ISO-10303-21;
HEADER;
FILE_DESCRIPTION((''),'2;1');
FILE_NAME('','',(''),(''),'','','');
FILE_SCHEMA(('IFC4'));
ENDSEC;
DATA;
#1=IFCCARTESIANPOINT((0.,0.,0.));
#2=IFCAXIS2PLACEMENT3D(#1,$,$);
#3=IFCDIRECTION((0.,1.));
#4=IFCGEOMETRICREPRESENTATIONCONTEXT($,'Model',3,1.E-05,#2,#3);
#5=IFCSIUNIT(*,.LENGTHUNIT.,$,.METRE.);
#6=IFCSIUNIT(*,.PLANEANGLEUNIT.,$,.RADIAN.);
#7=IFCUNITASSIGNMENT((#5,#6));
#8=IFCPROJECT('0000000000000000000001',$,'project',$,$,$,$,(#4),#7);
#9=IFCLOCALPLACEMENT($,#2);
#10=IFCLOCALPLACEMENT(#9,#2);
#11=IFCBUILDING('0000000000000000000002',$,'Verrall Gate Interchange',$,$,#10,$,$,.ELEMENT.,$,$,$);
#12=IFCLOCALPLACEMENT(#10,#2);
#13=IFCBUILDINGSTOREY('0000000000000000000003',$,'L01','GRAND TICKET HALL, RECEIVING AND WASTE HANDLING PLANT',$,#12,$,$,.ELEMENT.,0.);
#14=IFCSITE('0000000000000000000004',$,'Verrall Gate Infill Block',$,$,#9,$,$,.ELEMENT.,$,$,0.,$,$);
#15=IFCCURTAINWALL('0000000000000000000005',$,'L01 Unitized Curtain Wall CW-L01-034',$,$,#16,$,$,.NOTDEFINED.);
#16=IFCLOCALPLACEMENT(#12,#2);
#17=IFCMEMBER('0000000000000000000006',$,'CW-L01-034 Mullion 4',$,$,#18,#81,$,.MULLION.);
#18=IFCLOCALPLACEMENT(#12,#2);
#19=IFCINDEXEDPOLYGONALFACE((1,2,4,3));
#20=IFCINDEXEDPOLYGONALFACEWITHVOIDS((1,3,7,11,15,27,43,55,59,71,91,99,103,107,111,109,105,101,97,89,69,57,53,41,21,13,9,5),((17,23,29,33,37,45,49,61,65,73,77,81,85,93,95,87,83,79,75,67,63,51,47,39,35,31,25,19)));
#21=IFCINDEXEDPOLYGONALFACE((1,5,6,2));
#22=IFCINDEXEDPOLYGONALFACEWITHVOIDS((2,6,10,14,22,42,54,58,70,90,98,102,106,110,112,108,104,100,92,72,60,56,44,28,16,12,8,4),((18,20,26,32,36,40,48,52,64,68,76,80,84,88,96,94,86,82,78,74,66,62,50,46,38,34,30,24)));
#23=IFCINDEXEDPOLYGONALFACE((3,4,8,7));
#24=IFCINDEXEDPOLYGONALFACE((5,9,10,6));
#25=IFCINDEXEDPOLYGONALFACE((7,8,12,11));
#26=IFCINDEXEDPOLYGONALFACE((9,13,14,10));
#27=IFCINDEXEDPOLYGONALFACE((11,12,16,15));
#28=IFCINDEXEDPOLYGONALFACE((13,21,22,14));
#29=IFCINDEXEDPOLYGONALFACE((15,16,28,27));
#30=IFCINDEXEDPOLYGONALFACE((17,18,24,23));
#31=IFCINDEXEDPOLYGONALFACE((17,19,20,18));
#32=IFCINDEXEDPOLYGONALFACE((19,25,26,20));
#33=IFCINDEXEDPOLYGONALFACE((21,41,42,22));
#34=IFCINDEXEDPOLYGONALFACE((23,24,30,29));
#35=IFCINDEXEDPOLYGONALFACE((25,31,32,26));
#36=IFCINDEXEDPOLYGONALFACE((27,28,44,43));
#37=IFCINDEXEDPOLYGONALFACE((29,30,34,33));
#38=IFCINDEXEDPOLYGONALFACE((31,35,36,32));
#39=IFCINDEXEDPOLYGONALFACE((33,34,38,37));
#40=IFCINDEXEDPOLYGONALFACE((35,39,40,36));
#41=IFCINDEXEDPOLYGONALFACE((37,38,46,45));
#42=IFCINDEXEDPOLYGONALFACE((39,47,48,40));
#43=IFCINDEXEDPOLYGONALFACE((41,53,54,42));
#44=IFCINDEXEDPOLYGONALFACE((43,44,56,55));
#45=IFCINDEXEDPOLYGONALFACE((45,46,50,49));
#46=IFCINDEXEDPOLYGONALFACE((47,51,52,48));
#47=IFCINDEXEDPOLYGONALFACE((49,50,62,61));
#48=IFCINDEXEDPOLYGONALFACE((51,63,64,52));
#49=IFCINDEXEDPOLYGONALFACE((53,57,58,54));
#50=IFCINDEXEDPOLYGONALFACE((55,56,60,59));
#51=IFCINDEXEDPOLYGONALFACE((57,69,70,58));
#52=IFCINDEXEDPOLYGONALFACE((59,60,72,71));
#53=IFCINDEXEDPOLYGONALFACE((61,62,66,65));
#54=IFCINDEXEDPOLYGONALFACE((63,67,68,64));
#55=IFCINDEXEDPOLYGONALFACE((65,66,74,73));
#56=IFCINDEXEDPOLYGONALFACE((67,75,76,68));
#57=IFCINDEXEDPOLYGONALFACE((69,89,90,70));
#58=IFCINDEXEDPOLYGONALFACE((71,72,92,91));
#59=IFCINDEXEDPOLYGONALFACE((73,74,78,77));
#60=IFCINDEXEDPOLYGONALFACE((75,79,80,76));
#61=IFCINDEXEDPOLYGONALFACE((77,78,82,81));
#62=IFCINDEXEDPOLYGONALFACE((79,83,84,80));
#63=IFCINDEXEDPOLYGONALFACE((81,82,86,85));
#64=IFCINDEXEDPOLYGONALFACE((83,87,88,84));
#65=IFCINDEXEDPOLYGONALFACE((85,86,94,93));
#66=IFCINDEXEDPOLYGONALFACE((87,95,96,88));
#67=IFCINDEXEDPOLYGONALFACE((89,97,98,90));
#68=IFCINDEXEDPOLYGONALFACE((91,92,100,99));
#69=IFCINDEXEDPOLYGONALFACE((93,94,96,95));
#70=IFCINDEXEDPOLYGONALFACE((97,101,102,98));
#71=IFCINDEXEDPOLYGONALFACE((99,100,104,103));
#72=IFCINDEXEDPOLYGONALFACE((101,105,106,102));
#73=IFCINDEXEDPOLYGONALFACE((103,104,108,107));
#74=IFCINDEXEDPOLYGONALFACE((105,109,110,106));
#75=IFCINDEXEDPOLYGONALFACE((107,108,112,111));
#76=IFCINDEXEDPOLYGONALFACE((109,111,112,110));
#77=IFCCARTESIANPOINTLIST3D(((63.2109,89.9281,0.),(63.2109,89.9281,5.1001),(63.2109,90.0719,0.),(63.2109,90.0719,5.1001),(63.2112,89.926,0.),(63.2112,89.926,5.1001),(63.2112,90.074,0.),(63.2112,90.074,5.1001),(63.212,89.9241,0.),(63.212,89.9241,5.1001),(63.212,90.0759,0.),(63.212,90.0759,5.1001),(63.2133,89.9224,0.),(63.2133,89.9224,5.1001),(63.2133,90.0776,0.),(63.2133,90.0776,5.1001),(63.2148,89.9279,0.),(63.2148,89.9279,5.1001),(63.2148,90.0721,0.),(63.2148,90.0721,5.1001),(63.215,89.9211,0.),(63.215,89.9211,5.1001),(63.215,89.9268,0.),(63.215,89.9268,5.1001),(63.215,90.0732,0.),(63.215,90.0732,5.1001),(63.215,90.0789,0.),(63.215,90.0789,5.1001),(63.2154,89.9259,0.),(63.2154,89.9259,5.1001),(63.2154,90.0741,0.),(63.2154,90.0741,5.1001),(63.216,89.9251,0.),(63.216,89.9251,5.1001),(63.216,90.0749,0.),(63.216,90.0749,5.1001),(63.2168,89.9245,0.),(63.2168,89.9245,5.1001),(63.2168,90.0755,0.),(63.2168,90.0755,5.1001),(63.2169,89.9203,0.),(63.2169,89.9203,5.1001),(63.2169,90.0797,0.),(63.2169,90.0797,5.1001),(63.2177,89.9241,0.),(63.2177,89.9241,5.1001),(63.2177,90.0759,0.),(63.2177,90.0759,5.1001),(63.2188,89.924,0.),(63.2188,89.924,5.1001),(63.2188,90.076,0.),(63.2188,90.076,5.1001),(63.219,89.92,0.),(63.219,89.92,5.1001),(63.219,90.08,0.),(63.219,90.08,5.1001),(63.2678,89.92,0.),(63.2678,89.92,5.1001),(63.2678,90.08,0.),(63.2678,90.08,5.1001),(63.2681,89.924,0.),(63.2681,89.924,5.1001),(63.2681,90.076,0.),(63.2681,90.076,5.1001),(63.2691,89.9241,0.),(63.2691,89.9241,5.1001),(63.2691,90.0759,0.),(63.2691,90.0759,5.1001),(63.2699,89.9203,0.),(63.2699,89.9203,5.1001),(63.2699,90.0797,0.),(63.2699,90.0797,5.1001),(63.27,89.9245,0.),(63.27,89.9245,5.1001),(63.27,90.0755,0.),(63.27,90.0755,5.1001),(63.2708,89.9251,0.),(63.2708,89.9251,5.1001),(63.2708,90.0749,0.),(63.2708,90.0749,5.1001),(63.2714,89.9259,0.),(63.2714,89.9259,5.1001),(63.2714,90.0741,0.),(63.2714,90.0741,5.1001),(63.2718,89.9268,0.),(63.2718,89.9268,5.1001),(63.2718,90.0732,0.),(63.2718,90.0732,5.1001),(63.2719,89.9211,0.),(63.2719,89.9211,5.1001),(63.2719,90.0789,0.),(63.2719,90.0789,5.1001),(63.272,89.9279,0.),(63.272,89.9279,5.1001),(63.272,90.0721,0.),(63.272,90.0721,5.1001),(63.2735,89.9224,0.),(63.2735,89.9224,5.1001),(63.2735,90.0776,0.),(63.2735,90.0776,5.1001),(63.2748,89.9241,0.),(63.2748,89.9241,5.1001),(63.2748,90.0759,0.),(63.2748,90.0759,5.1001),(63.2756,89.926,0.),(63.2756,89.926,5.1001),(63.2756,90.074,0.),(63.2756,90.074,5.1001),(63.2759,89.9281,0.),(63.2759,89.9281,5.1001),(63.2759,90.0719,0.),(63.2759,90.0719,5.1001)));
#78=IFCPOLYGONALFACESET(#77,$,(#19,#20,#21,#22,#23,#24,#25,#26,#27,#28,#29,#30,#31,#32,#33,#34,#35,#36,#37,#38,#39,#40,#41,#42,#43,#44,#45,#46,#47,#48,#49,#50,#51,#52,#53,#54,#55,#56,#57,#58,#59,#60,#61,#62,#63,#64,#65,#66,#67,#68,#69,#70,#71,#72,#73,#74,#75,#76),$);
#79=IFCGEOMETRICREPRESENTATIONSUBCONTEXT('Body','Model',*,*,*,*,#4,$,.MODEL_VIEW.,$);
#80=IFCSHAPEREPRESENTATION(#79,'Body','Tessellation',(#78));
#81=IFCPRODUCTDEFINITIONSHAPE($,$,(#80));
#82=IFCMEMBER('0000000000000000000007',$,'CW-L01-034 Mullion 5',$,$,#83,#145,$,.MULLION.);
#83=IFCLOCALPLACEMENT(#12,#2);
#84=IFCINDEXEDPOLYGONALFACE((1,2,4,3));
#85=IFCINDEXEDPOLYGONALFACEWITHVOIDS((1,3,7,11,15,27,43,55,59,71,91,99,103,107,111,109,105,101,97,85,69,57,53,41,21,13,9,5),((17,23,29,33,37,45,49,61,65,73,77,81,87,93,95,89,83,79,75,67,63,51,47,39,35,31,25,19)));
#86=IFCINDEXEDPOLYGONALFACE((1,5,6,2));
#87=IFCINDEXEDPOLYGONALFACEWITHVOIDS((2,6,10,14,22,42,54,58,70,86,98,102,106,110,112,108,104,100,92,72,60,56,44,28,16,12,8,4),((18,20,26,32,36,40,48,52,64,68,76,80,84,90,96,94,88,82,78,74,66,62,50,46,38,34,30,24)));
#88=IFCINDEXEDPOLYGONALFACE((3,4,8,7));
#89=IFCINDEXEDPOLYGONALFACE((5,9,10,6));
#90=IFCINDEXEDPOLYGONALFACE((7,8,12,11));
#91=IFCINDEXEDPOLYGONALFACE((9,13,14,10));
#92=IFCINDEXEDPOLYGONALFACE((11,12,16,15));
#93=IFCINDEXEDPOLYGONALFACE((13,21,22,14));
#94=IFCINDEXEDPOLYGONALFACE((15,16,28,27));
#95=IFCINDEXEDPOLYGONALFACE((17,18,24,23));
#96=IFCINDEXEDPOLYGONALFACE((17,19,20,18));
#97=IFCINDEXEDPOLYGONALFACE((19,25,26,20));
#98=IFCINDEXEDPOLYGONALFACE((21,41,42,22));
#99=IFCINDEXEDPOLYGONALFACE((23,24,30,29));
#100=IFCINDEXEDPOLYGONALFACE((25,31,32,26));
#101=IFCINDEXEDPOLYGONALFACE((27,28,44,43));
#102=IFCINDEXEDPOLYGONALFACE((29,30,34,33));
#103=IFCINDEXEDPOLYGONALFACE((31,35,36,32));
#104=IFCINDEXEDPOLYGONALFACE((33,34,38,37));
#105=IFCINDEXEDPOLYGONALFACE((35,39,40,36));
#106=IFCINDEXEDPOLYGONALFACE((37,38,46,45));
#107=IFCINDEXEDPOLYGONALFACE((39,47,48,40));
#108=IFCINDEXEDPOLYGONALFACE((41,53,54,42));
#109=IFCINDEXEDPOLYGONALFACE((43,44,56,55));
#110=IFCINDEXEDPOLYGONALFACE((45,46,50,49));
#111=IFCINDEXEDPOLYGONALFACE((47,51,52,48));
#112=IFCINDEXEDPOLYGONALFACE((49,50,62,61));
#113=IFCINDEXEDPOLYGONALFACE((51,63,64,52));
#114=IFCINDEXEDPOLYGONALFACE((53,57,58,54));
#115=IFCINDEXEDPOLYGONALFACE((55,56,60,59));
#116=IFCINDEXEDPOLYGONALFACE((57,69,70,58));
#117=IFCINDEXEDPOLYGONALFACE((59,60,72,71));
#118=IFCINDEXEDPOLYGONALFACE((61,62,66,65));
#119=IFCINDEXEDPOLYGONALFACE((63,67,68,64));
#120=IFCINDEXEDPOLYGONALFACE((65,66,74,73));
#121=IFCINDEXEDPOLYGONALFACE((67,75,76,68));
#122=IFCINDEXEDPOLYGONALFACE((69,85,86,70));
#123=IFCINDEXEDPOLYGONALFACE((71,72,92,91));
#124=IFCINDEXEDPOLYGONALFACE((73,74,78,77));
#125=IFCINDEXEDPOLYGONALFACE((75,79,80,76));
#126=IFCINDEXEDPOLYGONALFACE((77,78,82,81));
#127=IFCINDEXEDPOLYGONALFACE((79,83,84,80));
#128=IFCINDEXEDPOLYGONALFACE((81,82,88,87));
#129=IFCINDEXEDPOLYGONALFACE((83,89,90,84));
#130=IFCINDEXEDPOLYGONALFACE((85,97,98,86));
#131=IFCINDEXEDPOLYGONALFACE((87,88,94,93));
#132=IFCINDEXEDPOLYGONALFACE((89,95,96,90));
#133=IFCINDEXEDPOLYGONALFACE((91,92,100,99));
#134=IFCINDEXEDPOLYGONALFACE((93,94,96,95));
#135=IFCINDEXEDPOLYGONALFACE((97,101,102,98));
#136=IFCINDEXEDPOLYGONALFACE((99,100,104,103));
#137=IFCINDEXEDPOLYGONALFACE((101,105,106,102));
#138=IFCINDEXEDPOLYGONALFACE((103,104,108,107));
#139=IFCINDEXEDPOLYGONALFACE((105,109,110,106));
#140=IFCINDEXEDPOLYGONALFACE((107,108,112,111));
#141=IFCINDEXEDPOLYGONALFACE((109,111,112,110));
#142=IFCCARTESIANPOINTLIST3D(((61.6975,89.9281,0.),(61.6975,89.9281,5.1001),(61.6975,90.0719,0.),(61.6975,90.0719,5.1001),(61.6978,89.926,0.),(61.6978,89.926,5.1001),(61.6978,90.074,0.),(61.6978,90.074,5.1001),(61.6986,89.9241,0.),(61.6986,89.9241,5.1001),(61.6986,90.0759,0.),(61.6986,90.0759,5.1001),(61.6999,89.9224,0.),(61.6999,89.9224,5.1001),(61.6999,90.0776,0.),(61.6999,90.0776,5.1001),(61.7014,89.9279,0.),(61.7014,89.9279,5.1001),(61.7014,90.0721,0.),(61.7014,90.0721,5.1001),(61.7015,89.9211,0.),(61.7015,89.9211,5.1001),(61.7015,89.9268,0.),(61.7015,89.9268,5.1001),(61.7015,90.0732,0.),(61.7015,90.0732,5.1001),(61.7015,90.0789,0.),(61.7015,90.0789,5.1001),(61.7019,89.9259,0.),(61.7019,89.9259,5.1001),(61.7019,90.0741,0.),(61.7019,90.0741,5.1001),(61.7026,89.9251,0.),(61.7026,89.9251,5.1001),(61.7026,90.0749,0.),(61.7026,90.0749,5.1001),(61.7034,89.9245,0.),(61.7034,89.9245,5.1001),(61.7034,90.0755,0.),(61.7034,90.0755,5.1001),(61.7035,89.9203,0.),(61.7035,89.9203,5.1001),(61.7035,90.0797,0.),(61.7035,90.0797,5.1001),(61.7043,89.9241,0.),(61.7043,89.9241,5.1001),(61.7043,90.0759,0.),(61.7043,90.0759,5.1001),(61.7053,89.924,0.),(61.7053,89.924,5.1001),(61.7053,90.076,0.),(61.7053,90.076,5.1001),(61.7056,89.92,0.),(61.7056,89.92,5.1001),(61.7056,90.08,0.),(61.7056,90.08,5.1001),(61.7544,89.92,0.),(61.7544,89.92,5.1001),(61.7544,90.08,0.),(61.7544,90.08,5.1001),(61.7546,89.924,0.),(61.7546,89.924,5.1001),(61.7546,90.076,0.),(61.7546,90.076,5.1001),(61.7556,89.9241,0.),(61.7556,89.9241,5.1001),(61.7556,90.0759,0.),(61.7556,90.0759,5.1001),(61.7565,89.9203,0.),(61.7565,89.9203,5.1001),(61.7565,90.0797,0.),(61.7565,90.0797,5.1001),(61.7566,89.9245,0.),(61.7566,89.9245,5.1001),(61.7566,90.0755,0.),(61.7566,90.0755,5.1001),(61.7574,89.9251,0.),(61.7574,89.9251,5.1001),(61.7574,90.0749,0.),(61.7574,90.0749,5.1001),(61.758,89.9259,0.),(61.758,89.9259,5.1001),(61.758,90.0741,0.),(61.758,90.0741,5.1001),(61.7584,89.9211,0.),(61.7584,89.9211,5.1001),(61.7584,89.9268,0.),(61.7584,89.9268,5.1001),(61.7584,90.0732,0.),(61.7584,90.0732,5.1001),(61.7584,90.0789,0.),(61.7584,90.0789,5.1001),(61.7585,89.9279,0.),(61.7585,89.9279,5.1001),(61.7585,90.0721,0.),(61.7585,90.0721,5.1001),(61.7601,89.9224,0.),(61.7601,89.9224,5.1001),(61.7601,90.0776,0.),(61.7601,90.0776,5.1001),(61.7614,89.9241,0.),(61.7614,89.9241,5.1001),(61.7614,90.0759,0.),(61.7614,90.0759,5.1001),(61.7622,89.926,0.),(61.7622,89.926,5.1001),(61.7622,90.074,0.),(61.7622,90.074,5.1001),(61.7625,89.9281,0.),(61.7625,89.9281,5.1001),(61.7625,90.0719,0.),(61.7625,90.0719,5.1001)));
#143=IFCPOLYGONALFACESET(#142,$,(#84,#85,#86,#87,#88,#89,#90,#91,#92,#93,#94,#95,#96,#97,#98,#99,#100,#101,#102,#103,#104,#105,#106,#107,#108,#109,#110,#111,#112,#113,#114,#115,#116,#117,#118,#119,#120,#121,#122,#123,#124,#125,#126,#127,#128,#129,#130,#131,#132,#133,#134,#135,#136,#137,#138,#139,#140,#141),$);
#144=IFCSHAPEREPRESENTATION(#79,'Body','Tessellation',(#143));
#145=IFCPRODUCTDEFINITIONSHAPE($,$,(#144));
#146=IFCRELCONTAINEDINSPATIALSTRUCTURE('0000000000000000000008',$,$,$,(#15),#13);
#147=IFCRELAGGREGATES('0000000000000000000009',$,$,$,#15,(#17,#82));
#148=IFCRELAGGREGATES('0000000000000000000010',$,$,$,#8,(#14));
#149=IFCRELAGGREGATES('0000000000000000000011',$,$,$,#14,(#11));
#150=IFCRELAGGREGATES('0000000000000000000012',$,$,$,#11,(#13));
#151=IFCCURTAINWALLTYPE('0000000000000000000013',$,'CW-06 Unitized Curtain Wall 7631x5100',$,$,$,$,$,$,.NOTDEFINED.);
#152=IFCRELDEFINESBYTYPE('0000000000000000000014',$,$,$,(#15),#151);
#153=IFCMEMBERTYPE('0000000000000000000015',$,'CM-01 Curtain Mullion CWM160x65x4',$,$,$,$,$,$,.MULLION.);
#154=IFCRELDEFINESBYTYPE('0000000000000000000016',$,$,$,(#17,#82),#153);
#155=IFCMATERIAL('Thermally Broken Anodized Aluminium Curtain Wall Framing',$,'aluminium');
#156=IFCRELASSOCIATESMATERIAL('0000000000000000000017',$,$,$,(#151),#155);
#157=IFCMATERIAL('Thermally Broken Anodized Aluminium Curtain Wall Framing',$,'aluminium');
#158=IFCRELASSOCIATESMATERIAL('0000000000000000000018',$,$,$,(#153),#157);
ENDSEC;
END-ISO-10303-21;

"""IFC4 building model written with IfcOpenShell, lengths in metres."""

from ifc_helpers import new_model, si_unit, direction, frame, origin, origin_2d, place, context, subcontext, project, spatial, hollow_rectangle, extrude, material, material_profile, profile_set, type_object, element, aggregate, save


model = new_model("IFC4")

# Units and contexts
model_context = context("Model", 3, precision=1e-05, world=origin(), true_north=direction((0.0, 1.0)))
body_context = subcontext(model_context, "Body", "Model", "MODEL_VIEW")
ifc_project = project(units=[si_unit("LENGTHUNIT", "METRE"), si_unit("PLANEANGLEUNIT", "RADIAN")], contexts=[model_context])

# Site, building, storey
site_placement = place(None, origin())
site = spatial("IfcSite", under=ifc_project, at=site_placement, Name="Verrall Gate Infill Block", CompositionType="ELEMENT", RefElevation=0.0)
building_placement = place(site_placement, origin())
building = spatial("IfcBuilding", under=site, at=building_placement, Name="Verrall Gate Interchange", CompositionType="ELEMENT")
storey_placement = place(building_placement, origin())
storey = spatial("IfcBuildingStorey", under=building, at=storey_placement, Name="L01", Description="GRAND TICKET HALL, RECEIVING AND WASTE HANDLING PLANT", CompositionType="ELEMENT", Elevation=0.0)

# Curtain wall, members
ifc_material_1 = material(Name="Thermally Broken Anodized Aluminium Curtain Wall Framing", Category="aluminium")
curtain_wall_type = type_object("IfcCurtainWallType", Name="CW-06 Unitized Curtain Wall 7631x5100", PredefinedType="NOTDEFINED", material=ifc_material_1)
curtain_wall_placement = place(storey_placement, origin())
curtain_wall = element("IfcCurtainWall", 1, at=curtain_wall_placement, inside=storey, type_object=curtain_wall_type, Name="L01 Unitized Curtain Wall CW-L01-034", PredefinedType="NOTDEFINED")
ifc_material_2 = material(Name="Thermally Broken Anodized Aluminium Curtain Wall Framing", Category="aluminium")
ifc_material_profile_1 = material_profile(ifc_material_2, hollow_rectangle(XDim=0.0649, YDim=0.1599, WallThickness=0.0039, InnerFilletRadius=0.0039, OuterFilletRadius=0.0081, at=origin_2d()), Name="CWM160x65x4")
ifc_profile_set_1 = profile_set([ifc_material_profile_1], Name="Thermally Broken Anodized Aluminium Curtain Wall Framing")
member_type = type_object("IfcMemberType", Name="CM-01 Curtain Mullion CWM160x65x4", PredefinedType="MULLION", material=ifc_profile_set_1)
member_1_placement = place(storey_placement, frame((63.2434, 90.0, 0.0), z_axis=(0.0, 0.0, 1.0), x_axis=(-1.0, 0.0, 0.0)))
member_1 = element("IfcMember", 2, at=member_1_placement, type_object=member_type, Name="CW-L01-034 Mullion 4", PredefinedType="MULLION", context=body_context, shape_type="SweptSolid", body=[
    extrude(hollow_rectangle(XDim=0.0649, YDim=0.1599, WallThickness=0.0039, InnerFilletRadius=0.0039, OuterFilletRadius=0.0081, at=origin_2d()), origin(), (0.0, 0.0, 1.0), 5.1001),
])
member_2_placement = place(storey_placement, frame((61.73, 90.0, 0.0), z_axis=(0.0, 0.0, 1.0), x_axis=(-1.0, 0.0, 0.0)))
member_2 = element("IfcMember", 3, at=member_2_placement, type_object=member_type, Name="CW-L01-034 Mullion 5", PredefinedType="MULLION", context=body_context, shape_type="SweptSolid", body=[
    extrude(hollow_rectangle(XDim=0.0649, YDim=0.1599, WallThickness=0.0039, InnerFilletRadius=0.0039, OuterFilletRadius=0.0081, at=origin_2d()), origin(), (0.0, 0.0, 1.0), 5.1001),
])

aggregate(curtain_wall, [member_1, member_2])

save(model, "model.ifc")
